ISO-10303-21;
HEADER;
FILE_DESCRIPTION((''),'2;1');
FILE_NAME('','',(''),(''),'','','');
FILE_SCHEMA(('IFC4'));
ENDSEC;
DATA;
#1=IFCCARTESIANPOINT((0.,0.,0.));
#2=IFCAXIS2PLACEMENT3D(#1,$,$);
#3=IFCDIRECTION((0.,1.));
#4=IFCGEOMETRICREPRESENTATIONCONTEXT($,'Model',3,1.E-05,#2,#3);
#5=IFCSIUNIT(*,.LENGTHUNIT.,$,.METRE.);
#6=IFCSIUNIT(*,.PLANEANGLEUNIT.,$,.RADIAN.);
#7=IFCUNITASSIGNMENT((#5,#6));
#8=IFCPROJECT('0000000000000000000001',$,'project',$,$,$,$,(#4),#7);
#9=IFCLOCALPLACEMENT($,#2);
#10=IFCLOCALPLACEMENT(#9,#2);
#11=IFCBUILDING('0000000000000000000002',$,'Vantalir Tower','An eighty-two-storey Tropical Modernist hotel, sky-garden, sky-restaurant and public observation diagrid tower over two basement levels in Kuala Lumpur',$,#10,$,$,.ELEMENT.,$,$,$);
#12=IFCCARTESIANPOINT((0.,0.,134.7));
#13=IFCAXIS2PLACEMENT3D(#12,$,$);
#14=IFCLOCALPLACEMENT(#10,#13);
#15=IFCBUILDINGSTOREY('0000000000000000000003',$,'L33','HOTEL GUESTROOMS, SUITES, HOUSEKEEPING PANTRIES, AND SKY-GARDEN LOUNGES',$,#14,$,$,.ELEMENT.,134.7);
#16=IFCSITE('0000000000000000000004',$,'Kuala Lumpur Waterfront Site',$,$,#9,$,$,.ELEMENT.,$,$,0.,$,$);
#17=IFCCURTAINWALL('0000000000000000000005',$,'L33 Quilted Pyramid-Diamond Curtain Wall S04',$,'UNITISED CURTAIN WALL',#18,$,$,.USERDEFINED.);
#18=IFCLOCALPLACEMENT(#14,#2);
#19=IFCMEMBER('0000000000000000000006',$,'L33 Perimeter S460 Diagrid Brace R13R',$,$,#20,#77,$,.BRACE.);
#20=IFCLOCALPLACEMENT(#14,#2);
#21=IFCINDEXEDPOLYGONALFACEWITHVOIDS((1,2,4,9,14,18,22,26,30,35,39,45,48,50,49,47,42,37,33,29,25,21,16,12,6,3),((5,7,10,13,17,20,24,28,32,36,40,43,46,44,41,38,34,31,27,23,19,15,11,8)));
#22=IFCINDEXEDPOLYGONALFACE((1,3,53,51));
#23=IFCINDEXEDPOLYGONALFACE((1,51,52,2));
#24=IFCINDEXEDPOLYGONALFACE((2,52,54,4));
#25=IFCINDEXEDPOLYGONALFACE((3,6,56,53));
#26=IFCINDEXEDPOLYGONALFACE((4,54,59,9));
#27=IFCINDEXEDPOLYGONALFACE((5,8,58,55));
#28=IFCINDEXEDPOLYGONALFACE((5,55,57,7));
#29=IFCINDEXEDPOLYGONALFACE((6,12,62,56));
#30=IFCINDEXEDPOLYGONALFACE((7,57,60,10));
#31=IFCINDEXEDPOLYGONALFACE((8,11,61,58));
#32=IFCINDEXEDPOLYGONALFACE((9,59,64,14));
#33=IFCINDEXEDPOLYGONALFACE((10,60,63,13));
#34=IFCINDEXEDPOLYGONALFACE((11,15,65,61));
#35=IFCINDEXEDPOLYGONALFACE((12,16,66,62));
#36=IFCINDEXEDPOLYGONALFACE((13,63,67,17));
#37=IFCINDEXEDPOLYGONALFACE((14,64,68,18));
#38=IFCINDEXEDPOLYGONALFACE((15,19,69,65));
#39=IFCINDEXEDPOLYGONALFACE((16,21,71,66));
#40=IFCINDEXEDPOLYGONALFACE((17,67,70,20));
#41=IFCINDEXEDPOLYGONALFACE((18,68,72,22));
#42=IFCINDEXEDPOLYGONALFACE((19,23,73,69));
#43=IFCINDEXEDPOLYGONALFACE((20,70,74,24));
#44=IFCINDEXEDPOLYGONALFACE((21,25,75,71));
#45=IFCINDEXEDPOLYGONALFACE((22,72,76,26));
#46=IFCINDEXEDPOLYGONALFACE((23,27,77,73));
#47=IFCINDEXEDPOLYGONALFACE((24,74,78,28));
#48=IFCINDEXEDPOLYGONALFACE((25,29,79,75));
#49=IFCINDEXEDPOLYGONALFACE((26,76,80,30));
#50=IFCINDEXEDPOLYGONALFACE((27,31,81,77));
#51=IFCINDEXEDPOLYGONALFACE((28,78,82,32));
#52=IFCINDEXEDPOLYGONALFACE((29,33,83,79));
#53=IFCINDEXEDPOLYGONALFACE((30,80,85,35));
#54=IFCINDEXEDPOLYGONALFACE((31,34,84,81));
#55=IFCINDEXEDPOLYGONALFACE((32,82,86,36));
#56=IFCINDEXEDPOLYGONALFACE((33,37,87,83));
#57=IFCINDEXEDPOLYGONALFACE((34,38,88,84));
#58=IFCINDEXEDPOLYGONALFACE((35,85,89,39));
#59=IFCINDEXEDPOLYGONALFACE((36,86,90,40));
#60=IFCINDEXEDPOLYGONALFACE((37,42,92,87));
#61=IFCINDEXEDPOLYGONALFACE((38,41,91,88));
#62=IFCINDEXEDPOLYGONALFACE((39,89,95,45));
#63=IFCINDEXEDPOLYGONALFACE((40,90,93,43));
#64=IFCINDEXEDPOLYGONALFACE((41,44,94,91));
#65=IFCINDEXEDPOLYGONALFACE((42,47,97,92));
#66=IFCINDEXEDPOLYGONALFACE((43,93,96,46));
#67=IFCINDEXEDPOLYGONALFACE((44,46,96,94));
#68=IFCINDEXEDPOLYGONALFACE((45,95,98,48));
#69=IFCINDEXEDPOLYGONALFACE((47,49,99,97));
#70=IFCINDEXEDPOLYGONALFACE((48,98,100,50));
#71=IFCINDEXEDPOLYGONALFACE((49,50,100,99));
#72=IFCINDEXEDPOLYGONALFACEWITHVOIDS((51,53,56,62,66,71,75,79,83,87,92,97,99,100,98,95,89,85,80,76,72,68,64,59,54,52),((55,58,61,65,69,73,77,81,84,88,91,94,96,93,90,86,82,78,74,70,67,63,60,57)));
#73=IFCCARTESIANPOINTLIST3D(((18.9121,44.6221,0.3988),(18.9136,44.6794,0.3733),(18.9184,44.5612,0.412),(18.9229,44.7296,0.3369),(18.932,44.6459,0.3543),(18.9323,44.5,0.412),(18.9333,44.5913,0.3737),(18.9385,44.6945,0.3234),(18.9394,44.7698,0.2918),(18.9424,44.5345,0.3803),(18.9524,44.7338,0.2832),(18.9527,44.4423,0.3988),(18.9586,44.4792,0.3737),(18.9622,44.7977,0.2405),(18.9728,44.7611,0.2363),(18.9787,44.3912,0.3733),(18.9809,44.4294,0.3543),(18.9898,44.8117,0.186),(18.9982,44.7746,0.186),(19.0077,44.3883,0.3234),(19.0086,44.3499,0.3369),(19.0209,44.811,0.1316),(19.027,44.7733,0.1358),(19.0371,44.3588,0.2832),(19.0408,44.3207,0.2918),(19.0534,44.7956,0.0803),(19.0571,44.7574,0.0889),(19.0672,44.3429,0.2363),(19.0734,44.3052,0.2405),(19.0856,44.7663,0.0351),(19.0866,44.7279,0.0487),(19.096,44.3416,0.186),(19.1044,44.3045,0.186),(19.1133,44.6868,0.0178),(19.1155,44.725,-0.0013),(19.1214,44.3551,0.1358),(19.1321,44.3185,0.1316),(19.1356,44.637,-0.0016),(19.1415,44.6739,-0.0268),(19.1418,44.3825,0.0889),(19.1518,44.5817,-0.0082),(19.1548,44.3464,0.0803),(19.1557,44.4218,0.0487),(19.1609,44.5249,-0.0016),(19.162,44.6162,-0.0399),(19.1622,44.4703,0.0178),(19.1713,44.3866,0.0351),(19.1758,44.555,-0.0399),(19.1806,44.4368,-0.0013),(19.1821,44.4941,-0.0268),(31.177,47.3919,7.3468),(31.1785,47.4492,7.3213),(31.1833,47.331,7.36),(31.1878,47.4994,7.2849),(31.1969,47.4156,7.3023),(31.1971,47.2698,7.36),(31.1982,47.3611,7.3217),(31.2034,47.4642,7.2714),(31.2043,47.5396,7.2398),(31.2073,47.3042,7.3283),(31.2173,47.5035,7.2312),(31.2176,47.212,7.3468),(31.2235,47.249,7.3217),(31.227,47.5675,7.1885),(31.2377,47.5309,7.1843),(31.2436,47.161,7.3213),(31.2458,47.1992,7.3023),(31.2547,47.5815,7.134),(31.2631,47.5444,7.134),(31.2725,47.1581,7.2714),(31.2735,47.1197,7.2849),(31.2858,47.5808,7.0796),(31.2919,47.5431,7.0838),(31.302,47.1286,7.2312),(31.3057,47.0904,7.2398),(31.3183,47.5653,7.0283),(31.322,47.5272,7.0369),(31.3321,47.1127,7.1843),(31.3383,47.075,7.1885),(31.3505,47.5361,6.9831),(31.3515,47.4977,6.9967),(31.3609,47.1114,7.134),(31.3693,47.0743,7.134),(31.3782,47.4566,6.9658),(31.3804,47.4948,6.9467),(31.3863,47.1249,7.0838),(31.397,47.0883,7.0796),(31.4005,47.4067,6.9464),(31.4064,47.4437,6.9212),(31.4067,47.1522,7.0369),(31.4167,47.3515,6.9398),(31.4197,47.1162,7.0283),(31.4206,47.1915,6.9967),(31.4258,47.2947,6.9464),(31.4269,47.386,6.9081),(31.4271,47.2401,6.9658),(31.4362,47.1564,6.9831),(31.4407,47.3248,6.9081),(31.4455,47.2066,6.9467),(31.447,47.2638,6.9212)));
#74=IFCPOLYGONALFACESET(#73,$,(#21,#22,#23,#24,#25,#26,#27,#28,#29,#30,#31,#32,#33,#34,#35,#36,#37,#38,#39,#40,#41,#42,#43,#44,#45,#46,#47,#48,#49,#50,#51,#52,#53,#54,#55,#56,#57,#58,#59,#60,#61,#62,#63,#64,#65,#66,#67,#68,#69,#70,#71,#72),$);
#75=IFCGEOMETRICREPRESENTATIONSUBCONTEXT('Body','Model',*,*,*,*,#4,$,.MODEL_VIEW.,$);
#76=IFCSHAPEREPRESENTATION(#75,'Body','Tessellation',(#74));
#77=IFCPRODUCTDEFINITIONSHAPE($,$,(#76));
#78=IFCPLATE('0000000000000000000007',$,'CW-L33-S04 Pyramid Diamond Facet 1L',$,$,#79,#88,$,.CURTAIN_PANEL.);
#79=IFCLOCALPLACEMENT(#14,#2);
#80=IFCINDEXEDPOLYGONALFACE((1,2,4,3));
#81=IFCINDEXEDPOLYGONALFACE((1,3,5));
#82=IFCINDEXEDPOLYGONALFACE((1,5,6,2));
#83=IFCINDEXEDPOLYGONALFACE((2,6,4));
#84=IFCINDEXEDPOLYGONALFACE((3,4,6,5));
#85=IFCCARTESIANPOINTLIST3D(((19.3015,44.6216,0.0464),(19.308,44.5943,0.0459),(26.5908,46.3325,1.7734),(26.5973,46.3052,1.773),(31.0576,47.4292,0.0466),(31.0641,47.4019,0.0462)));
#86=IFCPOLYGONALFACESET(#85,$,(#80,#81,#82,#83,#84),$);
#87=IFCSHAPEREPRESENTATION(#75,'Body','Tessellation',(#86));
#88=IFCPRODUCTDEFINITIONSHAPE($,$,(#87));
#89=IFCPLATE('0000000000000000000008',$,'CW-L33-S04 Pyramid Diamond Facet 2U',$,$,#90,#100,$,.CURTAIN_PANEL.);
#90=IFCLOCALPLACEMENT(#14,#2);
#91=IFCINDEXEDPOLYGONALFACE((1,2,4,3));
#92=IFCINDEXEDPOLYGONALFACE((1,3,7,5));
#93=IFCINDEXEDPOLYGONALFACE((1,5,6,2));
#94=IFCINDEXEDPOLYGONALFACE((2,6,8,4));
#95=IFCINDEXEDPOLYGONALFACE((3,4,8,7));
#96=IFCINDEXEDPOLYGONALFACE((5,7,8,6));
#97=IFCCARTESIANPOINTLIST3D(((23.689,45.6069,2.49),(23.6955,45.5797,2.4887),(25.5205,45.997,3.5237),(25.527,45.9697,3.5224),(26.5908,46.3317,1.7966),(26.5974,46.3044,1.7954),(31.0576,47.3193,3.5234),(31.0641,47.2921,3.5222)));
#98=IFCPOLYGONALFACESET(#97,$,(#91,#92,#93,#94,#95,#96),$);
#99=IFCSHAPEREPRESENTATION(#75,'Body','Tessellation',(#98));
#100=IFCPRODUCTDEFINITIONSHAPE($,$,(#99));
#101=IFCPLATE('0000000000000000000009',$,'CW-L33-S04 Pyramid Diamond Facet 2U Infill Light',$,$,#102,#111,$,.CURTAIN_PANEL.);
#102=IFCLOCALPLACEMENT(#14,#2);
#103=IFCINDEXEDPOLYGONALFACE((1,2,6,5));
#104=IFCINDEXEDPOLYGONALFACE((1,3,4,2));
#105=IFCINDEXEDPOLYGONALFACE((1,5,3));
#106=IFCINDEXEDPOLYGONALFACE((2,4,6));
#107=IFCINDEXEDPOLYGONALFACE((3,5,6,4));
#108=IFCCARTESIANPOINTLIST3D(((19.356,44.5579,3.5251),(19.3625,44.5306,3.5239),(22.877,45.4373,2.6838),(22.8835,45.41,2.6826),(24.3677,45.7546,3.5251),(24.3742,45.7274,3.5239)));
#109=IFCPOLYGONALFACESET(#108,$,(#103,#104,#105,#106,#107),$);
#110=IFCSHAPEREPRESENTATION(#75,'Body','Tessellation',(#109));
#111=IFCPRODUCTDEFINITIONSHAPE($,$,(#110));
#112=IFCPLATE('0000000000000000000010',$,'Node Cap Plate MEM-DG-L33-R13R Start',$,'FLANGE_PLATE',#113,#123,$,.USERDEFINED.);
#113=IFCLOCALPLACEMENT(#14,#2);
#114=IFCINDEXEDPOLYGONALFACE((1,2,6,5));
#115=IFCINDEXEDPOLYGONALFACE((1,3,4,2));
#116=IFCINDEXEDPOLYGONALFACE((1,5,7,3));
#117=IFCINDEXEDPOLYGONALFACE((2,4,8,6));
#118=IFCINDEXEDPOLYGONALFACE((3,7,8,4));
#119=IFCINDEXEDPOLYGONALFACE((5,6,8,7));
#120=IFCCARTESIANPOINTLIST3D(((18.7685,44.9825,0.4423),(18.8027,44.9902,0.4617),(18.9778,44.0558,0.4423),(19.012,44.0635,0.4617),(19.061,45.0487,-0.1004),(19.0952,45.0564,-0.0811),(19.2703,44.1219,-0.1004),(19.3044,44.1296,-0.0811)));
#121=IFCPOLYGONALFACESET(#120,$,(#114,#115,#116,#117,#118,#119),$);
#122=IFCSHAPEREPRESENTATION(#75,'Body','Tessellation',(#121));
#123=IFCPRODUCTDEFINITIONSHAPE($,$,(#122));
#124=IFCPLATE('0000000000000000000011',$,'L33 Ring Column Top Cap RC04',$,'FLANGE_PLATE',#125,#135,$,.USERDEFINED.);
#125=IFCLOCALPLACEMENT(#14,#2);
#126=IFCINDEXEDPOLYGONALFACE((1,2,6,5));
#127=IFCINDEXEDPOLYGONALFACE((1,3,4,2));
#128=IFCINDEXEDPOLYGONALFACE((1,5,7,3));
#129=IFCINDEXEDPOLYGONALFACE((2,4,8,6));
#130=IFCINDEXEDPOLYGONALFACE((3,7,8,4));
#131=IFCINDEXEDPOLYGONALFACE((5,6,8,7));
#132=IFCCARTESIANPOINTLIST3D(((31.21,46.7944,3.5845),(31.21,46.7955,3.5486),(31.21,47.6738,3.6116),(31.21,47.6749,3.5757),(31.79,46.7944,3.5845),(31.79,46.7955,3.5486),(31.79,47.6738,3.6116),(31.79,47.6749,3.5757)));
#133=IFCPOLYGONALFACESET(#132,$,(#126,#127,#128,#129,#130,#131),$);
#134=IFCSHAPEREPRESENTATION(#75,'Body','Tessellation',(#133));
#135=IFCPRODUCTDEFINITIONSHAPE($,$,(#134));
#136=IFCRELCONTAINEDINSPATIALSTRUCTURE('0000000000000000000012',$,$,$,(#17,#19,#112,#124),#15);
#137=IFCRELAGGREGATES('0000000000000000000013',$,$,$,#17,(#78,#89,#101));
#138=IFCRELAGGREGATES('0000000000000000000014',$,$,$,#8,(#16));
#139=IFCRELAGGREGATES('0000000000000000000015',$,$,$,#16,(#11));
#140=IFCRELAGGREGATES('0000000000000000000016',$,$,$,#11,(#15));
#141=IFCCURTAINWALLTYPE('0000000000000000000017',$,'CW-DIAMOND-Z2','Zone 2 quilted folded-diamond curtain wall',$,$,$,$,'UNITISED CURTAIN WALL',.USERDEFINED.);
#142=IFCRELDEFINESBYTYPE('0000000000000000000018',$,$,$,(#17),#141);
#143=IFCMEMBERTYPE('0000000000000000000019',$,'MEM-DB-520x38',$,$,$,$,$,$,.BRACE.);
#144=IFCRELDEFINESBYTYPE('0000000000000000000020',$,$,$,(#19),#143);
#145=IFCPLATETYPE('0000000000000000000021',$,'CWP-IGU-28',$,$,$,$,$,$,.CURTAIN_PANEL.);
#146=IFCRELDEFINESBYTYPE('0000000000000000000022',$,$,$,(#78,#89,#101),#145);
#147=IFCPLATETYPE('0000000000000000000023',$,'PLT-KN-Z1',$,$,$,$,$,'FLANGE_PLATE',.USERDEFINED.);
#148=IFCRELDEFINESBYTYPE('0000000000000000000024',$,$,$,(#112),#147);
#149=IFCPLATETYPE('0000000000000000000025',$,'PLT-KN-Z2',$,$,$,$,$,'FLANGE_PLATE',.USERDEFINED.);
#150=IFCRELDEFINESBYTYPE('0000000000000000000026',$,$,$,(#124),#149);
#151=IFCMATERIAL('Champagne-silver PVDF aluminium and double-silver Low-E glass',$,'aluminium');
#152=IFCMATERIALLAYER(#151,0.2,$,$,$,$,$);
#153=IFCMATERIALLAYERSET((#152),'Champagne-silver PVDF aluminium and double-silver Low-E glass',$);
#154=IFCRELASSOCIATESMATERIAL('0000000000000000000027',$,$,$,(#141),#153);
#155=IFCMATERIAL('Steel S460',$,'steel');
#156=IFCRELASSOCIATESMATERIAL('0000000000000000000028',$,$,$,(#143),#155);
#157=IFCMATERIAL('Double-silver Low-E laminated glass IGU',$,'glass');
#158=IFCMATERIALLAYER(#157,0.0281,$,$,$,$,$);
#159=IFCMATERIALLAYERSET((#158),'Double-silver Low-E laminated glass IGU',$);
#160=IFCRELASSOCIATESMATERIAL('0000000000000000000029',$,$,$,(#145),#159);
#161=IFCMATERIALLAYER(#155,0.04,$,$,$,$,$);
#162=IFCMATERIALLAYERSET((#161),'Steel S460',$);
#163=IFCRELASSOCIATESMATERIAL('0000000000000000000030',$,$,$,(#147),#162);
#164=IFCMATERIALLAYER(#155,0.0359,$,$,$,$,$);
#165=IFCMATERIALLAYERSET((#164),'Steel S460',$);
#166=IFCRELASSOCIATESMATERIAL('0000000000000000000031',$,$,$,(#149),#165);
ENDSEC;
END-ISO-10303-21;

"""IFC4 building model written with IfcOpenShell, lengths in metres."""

from ifc_helpers import new_model, si_unit, direction, frame, origin, origin_2d, place, context, subcontext, project, spatial, polyline, hollow_circle, outline, extrude, material, layer, layer_set, material_profile, profile_set, type_object, element, aggregate, save


model = new_model("IFC4")

# Units and contexts
model_context = context("Model", 3, precision=1e-05, world=origin(), true_north=direction((0.0, 1.0)))
body_context = subcontext(model_context, "Body", "Model", "MODEL_VIEW")
ifc_project = project(units=[si_unit("LENGTHUNIT", "METRE"), si_unit("PLANEANGLEUNIT", "RADIAN")], contexts=[model_context])

# Site, building, storey
site_placement = place(None, origin())
site = spatial("IfcSite", under=ifc_project, at=site_placement, Name="Kuala Lumpur Waterfront Site", CompositionType="ELEMENT", RefElevation=0.0)
building_placement = place(site_placement, origin())
building = spatial("IfcBuilding", under=site, at=building_placement, Name="Vantalir Tower", Description="An eighty-two-storey Tropical Modernist hotel, sky-garden, sky-restaurant and public observation diagrid tower over two basement levels in Kuala Lumpur", CompositionType="ELEMENT")
storey_placement = place(building_placement, frame((0.0, 0.0, 134.7)))
storey = spatial("IfcBuildingStorey", under=building, at=storey_placement, Name="L33", Description="HOTEL GUESTROOMS, SUITES, HOUSEKEEPING PANTRIES, AND SKY-GARDEN LOUNGES", CompositionType="ELEMENT", Elevation=134.7)

# Shared definitions
ifc_material_1 = material(Name="Steel S460", Category="steel")

# Curtain wall
ifc_material_2 = material(Name="Champagne-silver PVDF aluminium and double-silver Low-E glass", Category="aluminium")
ifc_layer_1 = layer(ifc_material_2, 0.2)
ifc_layer_set_1 = layer_set([ifc_layer_1], Name="Champagne-silver PVDF aluminium and double-silver Low-E glass")
curtain_wall_type = type_object("IfcCurtainWallType", Name="CW-DIAMOND-Z2", Description="Zone 2 quilted folded-diamond curtain wall", ElementType="UNITISED CURTAIN WALL", PredefinedType="USERDEFINED", material=ifc_layer_set_1)
curtain_wall_placement = place(storey_placement, origin())
curtain_wall = element("IfcCurtainWall", 1, at=curtain_wall_placement, inside=storey, type_object=curtain_wall_type, Name="L33 Quilted Pyramid-Diamond Curtain Wall S04", ObjectType="UNITISED CURTAIN WALL", PredefinedType="USERDEFINED")

# Member
ifc_material_profile_1 = material_profile(ifc_material_1, hollow_circle(Radius=0.26, WallThickness=0.0381, at=origin_2d()), Name="Steel S460")
ifc_profile_set_1 = profile_set([ifc_material_profile_1], Name="Steel S460")
member_type_1 = type_object("IfcMemberType", Name="MEM-DB-520x38", PredefinedType="BRACE", material=ifc_profile_set_1)
member_1_placement = place(storey_placement, frame((19.0471, 44.5581, 0.186), z_axis=(0.853761, 0.192804, 0.483651), x_axis=(-0.220282, 0.975436, 0.0)))
element("IfcMember", 2, at=member_1_placement, inside=storey, type_object=member_type_1, Name="L33 Perimeter S460 Diagrid Brace R13R", PredefinedType="BRACE", context=body_context, shape_type="SweptSolid", body=[
    extrude(hollow_circle(Radius=0.26, WallThickness=0.0381, at=origin_2d()), origin(), (0.0, 0.0, 1.0), 14.3657),
])

# Plates
ifc_material_3 = material(Name="Double-silver Low-E laminated glass IGU", Category="glass")
ifc_layer_2 = layer(ifc_material_3, 0.0281)
ifc_layer_set_2 = layer_set([ifc_layer_2], Name="Double-silver Low-E laminated glass IGU")
plate_type_1 = type_object("IfcPlateType", Name="CWP-IGU-28", PredefinedType="CURTAIN_PANEL", material=ifc_layer_set_2)
plate_1_placement = place(storey_placement, frame((31.0576, 47.4292, 0.0466), z_axis=(-0.232257, 0.972509, 0.016844), x_axis=(-0.972647, -0.23229, -0.00002)))
plate_1 = element("IfcPlate", 3, at=plate_1_placement, type_object=plate_type_1, Name="CW-L33-S04 Pyramid Diamond Facet 1L", PredefinedType="CURTAIN_PANEL", context=body_context, shape_type="SweptSolid", body=[
    extrude(outline(polyline([(0.0, 0.0), (12.0867, 0.0), (4.5993, 1.7271), (0.0, 0.0)])), origin(), (0.0, 0.0, -1.0), 0.0281),
])
plate_2_placement = place(storey_placement, frame((31.0576, 47.3193, 3.5234), z_axis=(-0.232052, 0.971684, 0.04451), x_axis=(-0.972648, -0.232284, 0.000042)))
plate_2 = element("IfcPlate", 4, at=plate_2_placement, type_object=plate_type_1, Name="CW-L33-S04 Pyramid Diamond Facet 2U", PredefinedType="CURTAIN_PANEL", context=body_context, shape_type="SweptSolid", body=[
    extrude(outline(polyline([(0.0, 0.0), (5.6928, 0.0), (7.5648, -1.0348), (4.5739, -1.7287), (0.0, 0.0)])), origin(), (0.0, 0.0, -1.0), 0.0281),
])
plate_3_placement = place(storey_placement, frame((24.3677, 45.7546, 3.5251), z_axis=(-0.232034, 0.971686, 0.044577), x_axis=(-0.972652, -0.232265, 0.0)))
plate_3 = element("IfcPlate", 5, at=plate_3_placement, type_object=plate_type_1, Name="CW-L33-S04 Pyramid Diamond Facet 2U Infill Light", PredefinedType="CURTAIN_PANEL", context=body_context, shape_type="SweptSolid", body=[
    extrude(outline(polyline([(0.0, 0.0), (5.1526, 0.0), (1.5237, -0.8421), (0.0, 0.0)])), origin(), (0.0, 0.0, -1.0), 0.0281),
])
aggregate(curtain_wall, [plate_1, plate_2, plate_3])

# Plates
ifc_layer_3 = layer(ifc_material_1, 0.04)
ifc_layer_set_3 = layer_set([ifc_layer_3], Name="Steel S460")
plate_type_2 = type_object("IfcPlateType", Name="PLT-KN-Z1", ElementType="FLANGE_PLATE", PredefinedType="USERDEFINED", material=ifc_layer_set_3)
plate_4_placement = place(storey_placement, frame((19.3044, 44.1296, -0.0811), z_axis=(0.853792, 0.192755, 0.483616), x_axis=(-0.220221, 0.97545, 0.0)))
element("IfcPlate", 6, at=plate_4_placement, inside=storey, type_object=plate_type_2, Name="Node Cap Plate MEM-DG-L33-R13R Start", ObjectType="FLANGE_PLATE", PredefinedType="USERDEFINED", context=body_context, shape_type="SweptSolid", body=[
    extrude(outline(polyline([(0.0, 0.0), (0.9501, 0.0), (0.95, 0.6201), (-0.0001, 0.6201), (0.0, 0.0)])), origin(), (0.0, 0.0, -1.0), 0.04),
])
ifc_layer_4 = layer(ifc_material_1, 0.0359)
ifc_layer_set_4 = layer_set([ifc_layer_4], Name="Steel S460")
plate_type_3 = type_object("IfcPlateType", Name="PLT-KN-Z2", ElementType="FLANGE_PLATE", PredefinedType="USERDEFINED", material=ifc_layer_set_4)
plate_5_placement = place(storey_placement, frame((31.21, 47.6738, 3.6116), z_axis=(0.0, -0.030802, 0.999526), x_axis=(0.0, -0.999526, -0.030802)))
element("IfcPlate", 7, at=plate_5_placement, inside=storey, type_object=plate_type_3, Name="L33 Ring Column Top Cap RC04", ObjectType="FLANGE_PLATE", PredefinedType="USERDEFINED", context=body_context, shape_type="SweptSolid", body=[
    extrude(outline(polyline([(0.0, 0.0), (0.8798, 0.0), (0.8798, 0.5801), (0.0, 0.5801), (0.0, 0.0)])), origin(), (0.0, 0.0, -1.0), 0.0359),
])

save(model, "model.ifc")
